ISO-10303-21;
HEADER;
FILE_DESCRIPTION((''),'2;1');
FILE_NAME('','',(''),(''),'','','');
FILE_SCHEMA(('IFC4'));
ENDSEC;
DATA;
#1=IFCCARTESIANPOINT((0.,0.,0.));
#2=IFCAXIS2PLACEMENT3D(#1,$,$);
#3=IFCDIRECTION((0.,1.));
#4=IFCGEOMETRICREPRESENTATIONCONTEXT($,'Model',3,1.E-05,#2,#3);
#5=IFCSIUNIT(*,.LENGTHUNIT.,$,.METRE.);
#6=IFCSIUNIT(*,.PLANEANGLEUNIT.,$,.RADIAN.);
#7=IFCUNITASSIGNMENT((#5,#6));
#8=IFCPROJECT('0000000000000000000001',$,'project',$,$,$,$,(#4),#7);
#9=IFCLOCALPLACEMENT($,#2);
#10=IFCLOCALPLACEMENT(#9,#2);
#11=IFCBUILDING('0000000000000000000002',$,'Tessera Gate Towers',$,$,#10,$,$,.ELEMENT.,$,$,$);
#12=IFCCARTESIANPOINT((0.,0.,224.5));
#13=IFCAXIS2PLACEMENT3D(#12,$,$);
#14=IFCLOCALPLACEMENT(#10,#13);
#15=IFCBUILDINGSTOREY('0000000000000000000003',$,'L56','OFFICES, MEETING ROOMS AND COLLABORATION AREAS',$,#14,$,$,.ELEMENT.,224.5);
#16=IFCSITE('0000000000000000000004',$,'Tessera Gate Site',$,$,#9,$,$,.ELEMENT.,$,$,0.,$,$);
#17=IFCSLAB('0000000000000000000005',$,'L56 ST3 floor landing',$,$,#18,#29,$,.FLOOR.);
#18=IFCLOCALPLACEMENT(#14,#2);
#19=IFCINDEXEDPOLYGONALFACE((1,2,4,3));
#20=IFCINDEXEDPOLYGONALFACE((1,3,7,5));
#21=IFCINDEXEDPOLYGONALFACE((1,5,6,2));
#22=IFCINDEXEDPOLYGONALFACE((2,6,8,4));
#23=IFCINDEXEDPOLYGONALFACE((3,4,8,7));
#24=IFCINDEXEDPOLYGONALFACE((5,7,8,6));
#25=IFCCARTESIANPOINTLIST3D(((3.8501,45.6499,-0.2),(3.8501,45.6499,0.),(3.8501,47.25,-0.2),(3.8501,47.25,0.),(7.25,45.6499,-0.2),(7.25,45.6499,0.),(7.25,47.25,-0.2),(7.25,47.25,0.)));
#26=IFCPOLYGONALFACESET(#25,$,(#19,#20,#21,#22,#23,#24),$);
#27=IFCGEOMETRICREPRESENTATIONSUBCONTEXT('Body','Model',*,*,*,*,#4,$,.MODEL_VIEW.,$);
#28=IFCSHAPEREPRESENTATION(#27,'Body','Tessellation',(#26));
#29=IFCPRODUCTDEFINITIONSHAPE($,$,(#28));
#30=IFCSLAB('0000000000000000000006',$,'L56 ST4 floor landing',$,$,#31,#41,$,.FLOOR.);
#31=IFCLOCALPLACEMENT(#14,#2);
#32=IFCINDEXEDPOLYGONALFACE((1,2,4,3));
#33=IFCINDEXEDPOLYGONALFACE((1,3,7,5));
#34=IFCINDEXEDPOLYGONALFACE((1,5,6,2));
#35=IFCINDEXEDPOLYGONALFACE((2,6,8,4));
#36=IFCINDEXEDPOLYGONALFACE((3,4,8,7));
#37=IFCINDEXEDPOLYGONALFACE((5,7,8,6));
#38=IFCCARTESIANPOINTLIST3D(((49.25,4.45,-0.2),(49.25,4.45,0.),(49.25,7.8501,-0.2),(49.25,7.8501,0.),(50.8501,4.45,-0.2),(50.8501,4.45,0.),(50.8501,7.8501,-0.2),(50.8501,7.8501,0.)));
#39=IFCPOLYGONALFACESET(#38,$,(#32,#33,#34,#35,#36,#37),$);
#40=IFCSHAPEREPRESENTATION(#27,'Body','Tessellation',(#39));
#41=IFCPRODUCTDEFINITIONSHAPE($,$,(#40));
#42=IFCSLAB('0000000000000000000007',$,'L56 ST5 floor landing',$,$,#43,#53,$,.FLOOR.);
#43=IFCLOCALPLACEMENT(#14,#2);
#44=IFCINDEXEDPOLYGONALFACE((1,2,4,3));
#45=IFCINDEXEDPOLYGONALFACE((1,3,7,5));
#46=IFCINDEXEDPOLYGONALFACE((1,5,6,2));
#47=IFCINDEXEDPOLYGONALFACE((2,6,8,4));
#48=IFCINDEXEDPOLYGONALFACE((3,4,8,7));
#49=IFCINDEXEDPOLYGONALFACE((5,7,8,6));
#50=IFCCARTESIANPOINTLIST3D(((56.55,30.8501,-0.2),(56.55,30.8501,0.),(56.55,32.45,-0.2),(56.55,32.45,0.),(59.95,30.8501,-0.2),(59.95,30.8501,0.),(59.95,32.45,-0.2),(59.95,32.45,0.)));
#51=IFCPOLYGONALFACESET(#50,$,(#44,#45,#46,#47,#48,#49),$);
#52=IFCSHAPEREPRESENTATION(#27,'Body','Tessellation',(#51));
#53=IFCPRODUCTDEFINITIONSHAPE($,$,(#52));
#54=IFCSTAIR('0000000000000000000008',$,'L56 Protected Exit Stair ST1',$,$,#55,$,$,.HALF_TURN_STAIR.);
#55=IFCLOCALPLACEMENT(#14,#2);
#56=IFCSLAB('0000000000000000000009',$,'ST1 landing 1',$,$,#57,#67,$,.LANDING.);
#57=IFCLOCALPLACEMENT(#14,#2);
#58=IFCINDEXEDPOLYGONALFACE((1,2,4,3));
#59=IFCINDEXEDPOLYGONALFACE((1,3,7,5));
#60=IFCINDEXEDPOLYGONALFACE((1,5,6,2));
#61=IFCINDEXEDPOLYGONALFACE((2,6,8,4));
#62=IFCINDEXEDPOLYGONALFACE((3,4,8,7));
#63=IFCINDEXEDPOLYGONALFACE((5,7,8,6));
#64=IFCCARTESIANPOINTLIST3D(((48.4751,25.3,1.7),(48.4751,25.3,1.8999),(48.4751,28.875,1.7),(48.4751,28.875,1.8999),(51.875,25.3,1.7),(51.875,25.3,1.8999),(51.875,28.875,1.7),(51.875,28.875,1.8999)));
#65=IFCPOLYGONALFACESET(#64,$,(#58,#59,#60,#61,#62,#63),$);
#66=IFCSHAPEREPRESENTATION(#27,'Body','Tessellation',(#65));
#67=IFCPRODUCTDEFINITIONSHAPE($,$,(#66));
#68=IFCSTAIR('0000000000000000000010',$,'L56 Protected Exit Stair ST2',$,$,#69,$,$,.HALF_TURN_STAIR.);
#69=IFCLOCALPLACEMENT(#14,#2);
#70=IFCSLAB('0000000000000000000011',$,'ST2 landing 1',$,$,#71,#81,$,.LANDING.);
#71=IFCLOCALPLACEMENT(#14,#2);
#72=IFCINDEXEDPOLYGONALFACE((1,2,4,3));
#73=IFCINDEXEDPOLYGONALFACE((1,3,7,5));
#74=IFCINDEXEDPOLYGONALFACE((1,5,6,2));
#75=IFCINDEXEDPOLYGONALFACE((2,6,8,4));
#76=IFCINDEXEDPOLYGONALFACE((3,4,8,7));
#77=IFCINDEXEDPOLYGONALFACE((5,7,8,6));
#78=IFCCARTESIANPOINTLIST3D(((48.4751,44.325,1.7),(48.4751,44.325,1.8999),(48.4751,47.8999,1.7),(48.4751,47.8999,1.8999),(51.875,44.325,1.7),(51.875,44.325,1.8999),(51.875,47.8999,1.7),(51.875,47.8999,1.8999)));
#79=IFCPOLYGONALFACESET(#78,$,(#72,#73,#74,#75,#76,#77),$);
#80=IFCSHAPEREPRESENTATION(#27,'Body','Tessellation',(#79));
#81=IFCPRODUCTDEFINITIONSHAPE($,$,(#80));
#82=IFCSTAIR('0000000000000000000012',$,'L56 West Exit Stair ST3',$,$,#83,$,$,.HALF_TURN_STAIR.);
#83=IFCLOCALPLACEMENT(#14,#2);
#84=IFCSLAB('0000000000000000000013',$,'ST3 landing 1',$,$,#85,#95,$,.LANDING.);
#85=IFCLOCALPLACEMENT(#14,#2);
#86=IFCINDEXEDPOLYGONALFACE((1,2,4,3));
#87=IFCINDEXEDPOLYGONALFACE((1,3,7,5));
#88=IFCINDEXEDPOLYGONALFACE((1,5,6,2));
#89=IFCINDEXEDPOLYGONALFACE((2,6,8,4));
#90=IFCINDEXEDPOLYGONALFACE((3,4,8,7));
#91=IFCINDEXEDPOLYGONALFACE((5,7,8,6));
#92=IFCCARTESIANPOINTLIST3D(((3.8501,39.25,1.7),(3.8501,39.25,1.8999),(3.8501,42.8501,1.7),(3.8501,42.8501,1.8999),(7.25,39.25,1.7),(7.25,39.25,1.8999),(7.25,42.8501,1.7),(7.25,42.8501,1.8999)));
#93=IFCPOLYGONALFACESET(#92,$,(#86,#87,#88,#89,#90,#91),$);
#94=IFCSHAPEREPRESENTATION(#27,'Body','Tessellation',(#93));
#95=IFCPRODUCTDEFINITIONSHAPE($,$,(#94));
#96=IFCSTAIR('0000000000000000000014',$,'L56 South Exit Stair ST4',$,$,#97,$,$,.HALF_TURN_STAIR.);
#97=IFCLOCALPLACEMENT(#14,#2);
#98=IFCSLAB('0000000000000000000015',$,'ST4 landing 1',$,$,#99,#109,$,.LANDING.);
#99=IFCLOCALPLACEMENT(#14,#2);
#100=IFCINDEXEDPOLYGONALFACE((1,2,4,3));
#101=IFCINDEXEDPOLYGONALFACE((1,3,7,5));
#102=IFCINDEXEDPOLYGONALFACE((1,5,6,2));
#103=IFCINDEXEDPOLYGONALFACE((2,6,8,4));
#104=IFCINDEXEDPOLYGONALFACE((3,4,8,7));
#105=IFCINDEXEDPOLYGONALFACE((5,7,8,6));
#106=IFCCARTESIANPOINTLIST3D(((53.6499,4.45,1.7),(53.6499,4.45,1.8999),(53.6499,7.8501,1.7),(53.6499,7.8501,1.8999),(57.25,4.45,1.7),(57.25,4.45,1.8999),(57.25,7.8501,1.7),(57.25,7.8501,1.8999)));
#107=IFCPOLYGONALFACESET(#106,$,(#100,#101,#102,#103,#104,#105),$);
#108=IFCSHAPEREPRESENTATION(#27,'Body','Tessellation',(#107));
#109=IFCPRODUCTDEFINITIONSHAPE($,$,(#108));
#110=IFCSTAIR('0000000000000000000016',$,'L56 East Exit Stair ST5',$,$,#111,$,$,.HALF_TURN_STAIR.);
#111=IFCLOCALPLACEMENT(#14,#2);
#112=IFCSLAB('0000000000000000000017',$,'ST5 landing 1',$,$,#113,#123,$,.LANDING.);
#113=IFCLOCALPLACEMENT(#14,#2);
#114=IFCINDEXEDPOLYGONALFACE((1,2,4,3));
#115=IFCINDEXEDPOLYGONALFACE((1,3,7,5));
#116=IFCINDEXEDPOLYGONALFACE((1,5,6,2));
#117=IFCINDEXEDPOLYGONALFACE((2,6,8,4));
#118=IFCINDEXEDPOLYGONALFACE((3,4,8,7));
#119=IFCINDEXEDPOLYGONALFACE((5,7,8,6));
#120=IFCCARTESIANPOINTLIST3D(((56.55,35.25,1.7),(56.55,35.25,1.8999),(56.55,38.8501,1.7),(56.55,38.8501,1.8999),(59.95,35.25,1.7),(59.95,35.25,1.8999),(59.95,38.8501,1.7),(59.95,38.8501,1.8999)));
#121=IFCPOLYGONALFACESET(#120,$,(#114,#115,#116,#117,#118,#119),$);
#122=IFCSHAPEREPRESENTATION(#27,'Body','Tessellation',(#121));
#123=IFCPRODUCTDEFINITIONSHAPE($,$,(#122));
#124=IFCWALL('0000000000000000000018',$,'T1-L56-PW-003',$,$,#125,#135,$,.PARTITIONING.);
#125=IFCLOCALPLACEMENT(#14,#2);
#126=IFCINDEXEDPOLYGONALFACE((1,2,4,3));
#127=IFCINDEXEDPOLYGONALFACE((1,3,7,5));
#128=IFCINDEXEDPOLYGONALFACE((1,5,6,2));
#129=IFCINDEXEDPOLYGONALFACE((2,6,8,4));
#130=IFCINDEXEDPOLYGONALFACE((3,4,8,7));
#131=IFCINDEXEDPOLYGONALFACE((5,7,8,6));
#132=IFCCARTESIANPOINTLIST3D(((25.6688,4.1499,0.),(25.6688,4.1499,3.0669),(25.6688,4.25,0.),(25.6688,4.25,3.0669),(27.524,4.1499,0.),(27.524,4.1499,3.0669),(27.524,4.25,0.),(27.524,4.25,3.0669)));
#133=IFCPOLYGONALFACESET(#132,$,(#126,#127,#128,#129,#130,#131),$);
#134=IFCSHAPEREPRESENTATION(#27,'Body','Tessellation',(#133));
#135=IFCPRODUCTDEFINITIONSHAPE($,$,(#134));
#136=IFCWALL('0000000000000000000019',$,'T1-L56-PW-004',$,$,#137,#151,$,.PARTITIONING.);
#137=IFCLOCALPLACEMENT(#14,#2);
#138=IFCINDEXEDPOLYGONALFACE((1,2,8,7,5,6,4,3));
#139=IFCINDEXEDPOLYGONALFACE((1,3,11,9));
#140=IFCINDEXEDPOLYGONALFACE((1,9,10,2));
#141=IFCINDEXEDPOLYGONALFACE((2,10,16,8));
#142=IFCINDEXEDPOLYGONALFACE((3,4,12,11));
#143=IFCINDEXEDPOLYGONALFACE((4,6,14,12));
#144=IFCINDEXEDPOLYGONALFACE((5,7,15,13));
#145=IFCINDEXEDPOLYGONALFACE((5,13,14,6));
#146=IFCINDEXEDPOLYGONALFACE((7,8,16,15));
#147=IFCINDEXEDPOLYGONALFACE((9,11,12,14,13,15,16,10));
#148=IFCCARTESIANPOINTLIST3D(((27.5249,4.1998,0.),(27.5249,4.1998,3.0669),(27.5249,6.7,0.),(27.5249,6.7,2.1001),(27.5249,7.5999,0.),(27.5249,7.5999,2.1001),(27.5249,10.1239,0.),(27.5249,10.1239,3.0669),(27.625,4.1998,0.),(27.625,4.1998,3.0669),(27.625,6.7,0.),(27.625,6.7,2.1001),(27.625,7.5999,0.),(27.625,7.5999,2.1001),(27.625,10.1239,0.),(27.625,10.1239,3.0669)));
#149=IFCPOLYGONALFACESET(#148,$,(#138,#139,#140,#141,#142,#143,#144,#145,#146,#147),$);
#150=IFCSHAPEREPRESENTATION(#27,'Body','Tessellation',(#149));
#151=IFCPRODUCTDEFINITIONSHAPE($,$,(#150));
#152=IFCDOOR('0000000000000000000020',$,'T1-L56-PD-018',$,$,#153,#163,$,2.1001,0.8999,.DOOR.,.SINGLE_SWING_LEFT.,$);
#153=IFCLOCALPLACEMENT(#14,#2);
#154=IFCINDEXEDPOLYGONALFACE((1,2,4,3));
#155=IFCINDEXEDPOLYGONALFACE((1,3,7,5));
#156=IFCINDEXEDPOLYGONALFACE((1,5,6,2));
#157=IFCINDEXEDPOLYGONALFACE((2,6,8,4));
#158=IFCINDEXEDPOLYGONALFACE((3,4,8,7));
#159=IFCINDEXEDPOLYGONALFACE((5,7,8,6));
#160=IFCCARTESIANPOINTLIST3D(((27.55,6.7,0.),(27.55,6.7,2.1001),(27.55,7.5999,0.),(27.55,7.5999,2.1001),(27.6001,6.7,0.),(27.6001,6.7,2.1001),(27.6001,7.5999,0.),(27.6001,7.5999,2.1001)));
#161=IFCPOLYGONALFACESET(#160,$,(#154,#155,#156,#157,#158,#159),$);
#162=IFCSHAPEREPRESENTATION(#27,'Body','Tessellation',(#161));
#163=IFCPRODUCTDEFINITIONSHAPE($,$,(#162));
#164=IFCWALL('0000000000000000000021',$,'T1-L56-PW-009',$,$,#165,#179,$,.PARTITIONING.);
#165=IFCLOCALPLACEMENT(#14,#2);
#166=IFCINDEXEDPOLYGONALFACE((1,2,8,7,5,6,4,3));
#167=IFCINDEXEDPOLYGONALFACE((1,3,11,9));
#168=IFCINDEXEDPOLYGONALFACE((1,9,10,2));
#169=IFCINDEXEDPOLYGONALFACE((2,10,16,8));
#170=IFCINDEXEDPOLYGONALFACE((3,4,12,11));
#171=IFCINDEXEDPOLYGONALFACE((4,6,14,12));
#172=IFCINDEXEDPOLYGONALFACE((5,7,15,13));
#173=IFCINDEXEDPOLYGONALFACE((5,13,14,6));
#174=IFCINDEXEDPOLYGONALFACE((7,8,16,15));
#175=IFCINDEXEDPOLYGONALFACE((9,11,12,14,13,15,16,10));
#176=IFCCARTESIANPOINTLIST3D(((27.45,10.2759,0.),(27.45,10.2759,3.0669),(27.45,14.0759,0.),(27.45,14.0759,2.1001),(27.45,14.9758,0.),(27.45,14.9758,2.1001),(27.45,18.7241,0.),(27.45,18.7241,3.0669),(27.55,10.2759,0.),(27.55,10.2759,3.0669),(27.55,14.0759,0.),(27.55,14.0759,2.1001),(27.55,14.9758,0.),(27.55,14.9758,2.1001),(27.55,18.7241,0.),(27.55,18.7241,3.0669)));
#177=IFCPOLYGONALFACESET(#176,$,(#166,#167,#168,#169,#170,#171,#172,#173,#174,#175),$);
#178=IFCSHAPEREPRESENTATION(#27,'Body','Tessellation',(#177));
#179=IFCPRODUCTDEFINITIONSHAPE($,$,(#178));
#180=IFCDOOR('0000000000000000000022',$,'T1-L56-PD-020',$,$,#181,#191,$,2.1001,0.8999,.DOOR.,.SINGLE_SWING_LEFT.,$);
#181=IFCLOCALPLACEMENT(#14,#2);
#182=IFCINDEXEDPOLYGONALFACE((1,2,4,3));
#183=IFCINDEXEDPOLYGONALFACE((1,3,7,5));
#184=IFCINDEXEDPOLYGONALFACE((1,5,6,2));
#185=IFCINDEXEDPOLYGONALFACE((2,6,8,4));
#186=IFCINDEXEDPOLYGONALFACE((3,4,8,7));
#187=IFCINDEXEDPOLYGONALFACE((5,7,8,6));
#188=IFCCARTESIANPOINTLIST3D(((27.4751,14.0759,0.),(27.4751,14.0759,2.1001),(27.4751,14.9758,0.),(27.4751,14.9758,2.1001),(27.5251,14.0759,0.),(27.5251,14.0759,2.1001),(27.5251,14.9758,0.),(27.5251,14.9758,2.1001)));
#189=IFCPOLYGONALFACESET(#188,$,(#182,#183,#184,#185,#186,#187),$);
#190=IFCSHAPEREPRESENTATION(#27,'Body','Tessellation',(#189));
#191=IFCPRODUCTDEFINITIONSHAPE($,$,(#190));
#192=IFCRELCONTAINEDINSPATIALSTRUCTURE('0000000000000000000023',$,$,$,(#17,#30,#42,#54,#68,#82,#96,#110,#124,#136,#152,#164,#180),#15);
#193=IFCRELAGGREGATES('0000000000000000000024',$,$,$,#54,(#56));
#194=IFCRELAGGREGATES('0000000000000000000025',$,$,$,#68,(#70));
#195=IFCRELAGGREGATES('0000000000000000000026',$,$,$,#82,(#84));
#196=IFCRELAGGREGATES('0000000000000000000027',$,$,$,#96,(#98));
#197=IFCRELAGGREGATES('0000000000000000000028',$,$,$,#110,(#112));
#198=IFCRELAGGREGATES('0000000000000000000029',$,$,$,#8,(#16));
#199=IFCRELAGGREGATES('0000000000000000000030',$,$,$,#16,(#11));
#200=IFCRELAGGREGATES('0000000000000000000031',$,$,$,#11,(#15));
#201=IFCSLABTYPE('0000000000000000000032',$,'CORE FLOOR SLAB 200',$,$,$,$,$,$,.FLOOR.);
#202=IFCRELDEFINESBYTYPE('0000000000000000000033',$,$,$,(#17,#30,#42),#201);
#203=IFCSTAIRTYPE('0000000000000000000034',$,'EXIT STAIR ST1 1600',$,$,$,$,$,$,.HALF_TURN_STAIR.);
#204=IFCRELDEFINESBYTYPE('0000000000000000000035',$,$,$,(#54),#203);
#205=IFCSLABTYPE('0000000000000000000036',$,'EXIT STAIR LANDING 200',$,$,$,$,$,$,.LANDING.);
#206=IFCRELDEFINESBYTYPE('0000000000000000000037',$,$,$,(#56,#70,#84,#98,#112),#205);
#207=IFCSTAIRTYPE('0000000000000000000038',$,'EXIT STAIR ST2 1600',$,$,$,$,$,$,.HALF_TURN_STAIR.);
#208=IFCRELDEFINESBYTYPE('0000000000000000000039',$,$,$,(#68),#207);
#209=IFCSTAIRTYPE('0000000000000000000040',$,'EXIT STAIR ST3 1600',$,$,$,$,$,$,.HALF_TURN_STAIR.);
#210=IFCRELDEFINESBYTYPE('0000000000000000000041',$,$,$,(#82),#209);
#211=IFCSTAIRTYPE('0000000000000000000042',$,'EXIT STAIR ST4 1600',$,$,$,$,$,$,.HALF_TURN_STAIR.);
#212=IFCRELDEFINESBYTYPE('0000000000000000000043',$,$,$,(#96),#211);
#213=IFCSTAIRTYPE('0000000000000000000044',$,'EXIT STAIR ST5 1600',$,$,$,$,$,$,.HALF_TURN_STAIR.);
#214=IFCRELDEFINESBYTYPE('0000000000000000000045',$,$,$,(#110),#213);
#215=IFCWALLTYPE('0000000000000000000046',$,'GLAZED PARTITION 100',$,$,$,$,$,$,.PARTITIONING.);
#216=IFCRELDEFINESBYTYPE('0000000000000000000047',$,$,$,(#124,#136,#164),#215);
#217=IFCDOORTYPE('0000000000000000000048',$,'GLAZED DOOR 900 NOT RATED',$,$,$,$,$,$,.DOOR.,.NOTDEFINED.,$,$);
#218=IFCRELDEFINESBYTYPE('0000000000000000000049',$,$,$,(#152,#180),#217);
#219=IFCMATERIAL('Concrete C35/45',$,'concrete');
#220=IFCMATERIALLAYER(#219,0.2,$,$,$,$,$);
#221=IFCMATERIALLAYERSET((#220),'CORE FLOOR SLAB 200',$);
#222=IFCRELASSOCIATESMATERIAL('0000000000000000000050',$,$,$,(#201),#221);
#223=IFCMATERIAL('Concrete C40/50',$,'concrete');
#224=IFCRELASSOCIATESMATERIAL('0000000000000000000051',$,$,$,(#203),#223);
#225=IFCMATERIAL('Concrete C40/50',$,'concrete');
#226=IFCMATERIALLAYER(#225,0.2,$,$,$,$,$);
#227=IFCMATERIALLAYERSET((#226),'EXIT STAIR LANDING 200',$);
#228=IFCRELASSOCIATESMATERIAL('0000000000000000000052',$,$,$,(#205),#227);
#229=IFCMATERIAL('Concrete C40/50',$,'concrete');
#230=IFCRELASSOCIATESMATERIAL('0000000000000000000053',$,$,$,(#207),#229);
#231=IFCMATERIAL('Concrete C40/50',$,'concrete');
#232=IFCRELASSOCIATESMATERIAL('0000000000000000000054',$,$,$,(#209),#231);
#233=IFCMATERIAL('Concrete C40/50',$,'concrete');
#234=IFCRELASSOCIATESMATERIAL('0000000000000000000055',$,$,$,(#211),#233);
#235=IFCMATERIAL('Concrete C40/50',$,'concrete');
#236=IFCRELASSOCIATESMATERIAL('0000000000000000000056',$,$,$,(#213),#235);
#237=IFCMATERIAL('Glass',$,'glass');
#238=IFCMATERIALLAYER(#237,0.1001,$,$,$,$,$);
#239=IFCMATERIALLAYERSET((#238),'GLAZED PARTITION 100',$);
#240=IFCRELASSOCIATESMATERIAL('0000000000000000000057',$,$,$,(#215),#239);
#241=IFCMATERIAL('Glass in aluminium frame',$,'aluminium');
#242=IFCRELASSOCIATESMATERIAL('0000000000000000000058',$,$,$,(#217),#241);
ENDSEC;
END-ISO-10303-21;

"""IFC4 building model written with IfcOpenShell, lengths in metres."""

from ifc_helpers import new_model, si_unit, direction, frame, frame_2d, origin, place, context, subcontext, project, spatial, polyline, rectangle, outline, extrude, source, transform, mapped, material, layer, layer_set, type_object, element, fill, aggregate, save


model = new_model("IFC4")

# Units and contexts
model_context = context("Model", 3, precision=1e-05, world=origin(), true_north=direction((0.0, 1.0)))
body_context = subcontext(model_context, "Body", "Model", "MODEL_VIEW")
ifc_project = project(units=[si_unit("LENGTHUNIT", "METRE"), si_unit("PLANEANGLEUNIT", "RADIAN")], contexts=[model_context])

# Site, building, storey
site_placement = place(None, origin())
site = spatial("IfcSite", under=ifc_project, at=site_placement, Name="Tessera Gate Site", CompositionType="ELEMENT", RefElevation=0.0)
building_placement = place(site_placement, origin())
building = spatial("IfcBuilding", under=site, at=building_placement, Name="Tessera Gate Towers", CompositionType="ELEMENT")
storey_placement = place(building_placement, frame((0.0, 0.0, 224.5)))
storey = spatial("IfcBuildingStorey", under=building, at=storey_placement, Name="L56", Description="OFFICES, MEETING ROOMS AND COLLABORATION AREAS", CompositionType="ELEMENT", Elevation=224.5)

# Slabs
ifc_material_1 = material(Name="Concrete C35/45", Category="concrete")
ifc_layer_1 = layer(ifc_material_1, 0.2)
ifc_layer_set_1 = layer_set([ifc_layer_1], Name="CORE FLOOR SLAB 200")
slab_type_1 = type_object("IfcSlabType", Name="CORE FLOOR SLAB 200", PredefinedType="FLOOR", material=ifc_layer_set_1)
slab_1_placement = place(storey_placement, frame((0.0, 0.0, -0.2)))
element("IfcSlab", 1, at=slab_1_placement, inside=storey, type_object=slab_type_1, Name="L56 ST3 floor landing", PredefinedType="FLOOR", context=body_context, shape_type="SweptSolid", body=[
    extrude(outline(polyline([(3.8501, 47.25), (3.8501, 45.6499), (7.25, 45.6499), (7.25, 47.25), (3.8501, 47.25)])), origin(), (0.0, 0.0, 1.0), 0.2),
])
slab_2_placement = place(storey_placement, frame((0.0, 0.0, -0.2)))
element("IfcSlab", 2, at=slab_2_placement, inside=storey, type_object=slab_type_1, Name="L56 ST4 floor landing", PredefinedType="FLOOR", context=body_context, shape_type="SweptSolid", body=[
    extrude(outline(polyline([(49.25, 4.45), (50.8501, 4.45), (50.8501, 7.8501), (49.25, 7.8501), (49.25, 4.45)])), origin(), (0.0, 0.0, 1.0), 0.2),
])
slab_3_placement = place(storey_placement, frame((0.0, 0.0, -0.2)))
element("IfcSlab", 3, at=slab_3_placement, inside=storey, type_object=slab_type_1, Name="L56 ST5 floor landing", PredefinedType="FLOOR", context=body_context, shape_type="SweptSolid", body=[
    extrude(outline(polyline([(59.95, 30.8501), (59.95, 32.45), (56.55, 32.45), (56.55, 30.8501), (59.95, 30.8501)])), origin(), (0.0, 0.0, 1.0), 0.2),
])

# Stairs, slabs
ifc_material_2 = material(Name="Concrete C40/50", Category="concrete")
stair_type_1 = type_object("IfcStairType", Name="EXIT STAIR ST1 1600", PredefinedType="HALF_TURN_STAIR", material=ifc_material_2)
stair_1_placement = place(storey_placement, origin())
stair_1 = element("IfcStair", 4, at=stair_1_placement, inside=storey, type_object=stair_type_1, Name="L56 Protected Exit Stair ST1", PredefinedType="HALF_TURN_STAIR")
ifc_material_3 = material(Name="Concrete C40/50", Category="concrete")
ifc_layer_2 = layer(ifc_material_3, 0.2)
ifc_layer_set_2 = layer_set([ifc_layer_2], Name="EXIT STAIR LANDING 200")
slab_type_2 = type_object("IfcSlabType", Name="EXIT STAIR LANDING 200", PredefinedType="LANDING", material=ifc_layer_set_2)
slab_4_placement = place(storey_placement, frame((0.0, 0.0, 1.7)))
slab_4 = element("IfcSlab", 5, at=slab_4_placement, type_object=slab_type_2, Name="ST1 landing 1", PredefinedType="LANDING", context=body_context, shape_type="SweptSolid", body=[
    extrude(outline(polyline([(48.4751, 28.875), (48.4751, 25.3), (51.875, 25.3), (51.875, 28.875), (48.4751, 28.875)])), origin(), (0.0, 0.0, 1.0), 0.2),
])
aggregate(stair_1, [slab_4])
ifc_material_4 = material(Name="Concrete C40/50", Category="concrete")
stair_type_2 = type_object("IfcStairType", Name="EXIT STAIR ST2 1600", PredefinedType="HALF_TURN_STAIR", material=ifc_material_4)
stair_2_placement = place(storey_placement, origin())
stair_2 = element("IfcStair", 6, at=stair_2_placement, inside=storey, type_object=stair_type_2, Name="L56 Protected Exit Stair ST2", PredefinedType="HALF_TURN_STAIR")
slab_5_placement = place(storey_placement, frame((0.0, 0.0, 1.7)))
slab_5 = element("IfcSlab", 7, at=slab_5_placement, type_object=slab_type_2, Name="ST2 landing 1", PredefinedType="LANDING", context=body_context, shape_type="SweptSolid", body=[
    extrude(outline(polyline([(51.875, 44.325), (51.875, 47.8999), (48.4751, 47.8999), (48.4751, 44.325), (51.875, 44.325)])), origin(), (0.0, 0.0, 1.0), 0.2),
])
aggregate(stair_2, [slab_5])
ifc_material_5 = material(Name="Concrete C40/50", Category="concrete")
stair_type_3 = type_object("IfcStairType", Name="EXIT STAIR ST3 1600", PredefinedType="HALF_TURN_STAIR", material=ifc_material_5)
stair_3_placement = place(storey_placement, origin())
stair_3 = element("IfcStair", 8, at=stair_3_placement, inside=storey, type_object=stair_type_3, Name="L56 West Exit Stair ST3", PredefinedType="HALF_TURN_STAIR")
slab_6_placement = place(storey_placement, frame((0.0, 0.0, 1.7)))
slab_6 = element("IfcSlab", 9, at=slab_6_placement, type_object=slab_type_2, Name="ST3 landing 1", PredefinedType="LANDING", context=body_context, shape_type="SweptSolid", body=[
    extrude(outline(polyline([(3.8501, 42.8501), (3.8501, 39.25), (7.25, 39.25), (7.25, 42.8501), (3.8501, 42.8501)])), origin(), (0.0, 0.0, 1.0), 0.2),
])
aggregate(stair_3, [slab_6])
ifc_material_6 = material(Name="Concrete C40/50", Category="concrete")
stair_type_4 = type_object("IfcStairType", Name="EXIT STAIR ST4 1600", PredefinedType="HALF_TURN_STAIR", material=ifc_material_6)
stair_4_placement = place(storey_placement, origin())
stair_4 = element("IfcStair", 10, at=stair_4_placement, inside=storey, type_object=stair_type_4, Name="L56 South Exit Stair ST4", PredefinedType="HALF_TURN_STAIR")
slab_7_placement = place(storey_placement, frame((0.0, 0.0, 1.7)))
slab_7 = element("IfcSlab", 11, at=slab_7_placement, type_object=slab_type_2, Name="ST4 landing 1", PredefinedType="LANDING", context=body_context, shape_type="SweptSolid", body=[
    extrude(outline(polyline([(53.6499, 4.45), (57.25, 4.45), (57.25, 7.8501), (53.6499, 7.8501), (53.6499, 4.45)])), origin(), (0.0, 0.0, 1.0), 0.2),
])
aggregate(stair_4, [slab_7])
ifc_material_7 = material(Name="Concrete C40/50", Category="concrete")
stair_type_5 = type_object("IfcStairType", Name="EXIT STAIR ST5 1600", PredefinedType="HALF_TURN_STAIR", material=ifc_material_7)
stair_5_placement = place(storey_placement, origin())
stair_5 = element("IfcStair", 12, at=stair_5_placement, inside=storey, type_object=stair_type_5, Name="L56 East Exit Stair ST5", PredefinedType="HALF_TURN_STAIR")
slab_8_placement = place(storey_placement, frame((0.0, 0.0, 1.7)))
slab_8 = element("IfcSlab", 13, at=slab_8_placement, type_object=slab_type_2, Name="ST5 landing 1", PredefinedType="LANDING", context=body_context, shape_type="SweptSolid", body=[
    extrude(outline(polyline([(59.95, 35.25), (59.95, 38.8501), (56.55, 38.8501), (56.55, 35.25), (59.95, 35.25)])), origin(), (0.0, 0.0, 1.0), 0.2),
])
aggregate(stair_5, [slab_8])

# Wall
ifc_material_8 = material(Name="Glass", Category="glass")
ifc_layer_3 = layer(ifc_material_8, 0.1001)
ifc_layer_set_3 = layer_set([ifc_layer_3], Name="GLAZED PARTITION 100")
wall_type_1 = type_object("IfcWallType", Name="GLAZED PARTITION 100", PredefinedType="PARTITIONING", material=ifc_layer_set_3)
wall_1_placement = place(storey_placement, frame((25.6687, 4.2, 0.0), z_axis=(0.0, 0.0, 1.0), x_axis=(1.0, 0.0, 0.0)))
element("IfcWall", 14, at=wall_1_placement, inside=storey, type_object=wall_type_1, Name="T1-L56-PW-003", PredefinedType="PARTITIONING", context=body_context, shape_type="SweptSolid", body=[
    extrude(rectangle(XDim=1.8552, YDim=0.1001, at=frame_2d((0.9277, 0.0))), origin(), (0.0, 0.0, 1.0), 3.0669),
])

# Walls, openings, doors
wall_2_placement = place(storey_placement, frame((27.575, 4.2, 0.0), z_axis=(0.0, 0.0, 1.0), x_axis=(0.0, 1.0, 0.0)))
wall_2 = element("IfcWall", 15, at=wall_2_placement, inside=storey, type_object=wall_type_1, Name="T1-L56-PW-004", PredefinedType="PARTITIONING", context=body_context, shape_type="SweptSolid", body=[
    extrude(rectangle(XDim=5.9241, YDim=0.1001, at=frame_2d((2.9619, 0.0))), origin(), (0.0, 0.0, 1.0), 3.0669),
])
shared_shape_1 = source(origin(), body_context, "Body", "SweptSolid", [
    extrude(rectangle(XDim=0.8999, YDim=2.1001, at=frame_2d((0.45, 1.05))), frame((0.0, 0.0601, 0.0), z_axis=(0.0, -1.0, 0.0), x_axis=(1.0, 0.0, 0.0)), (0.0, 0.0, 1.0), 0.1201),
])
opening_1_placement = place(wall_2_placement, frame((2.5, 0.0, 0.0)))
opening_1 = element("IfcOpeningElement", 16, at=opening_1_placement, cuts=wall_2, PredefinedType="OPENING", context=body_context, shape_type="MappedRepresentation", body=[
    mapped(shared_shape_1, transform((0.0, 0.0, 0.0), scale=1.0)),
])
ifc_material_9 = material(Name="Glass in aluminium frame", Category="aluminium")
door_type = type_object("IfcDoorType", Name="GLAZED DOOR 900 NOT RATED", OperationType="NOTDEFINED", PredefinedType="DOOR", material=ifc_material_9)
shared_shape_2 = source(origin(), body_context, "Body", "SweptSolid", [
    extrude(rectangle(XDim=0.8999, YDim=2.1001, at=frame_2d((0.45, 1.05))), frame((0.0, 0.0249, 0.0), z_axis=(0.0, -1.0, 0.0), x_axis=(1.0, 0.0, 0.0)), (0.0, 0.0, 1.0), 0.05),
])
door_1_placement = place(opening_1_placement, origin())
door_1 = element("IfcDoor", 17, at=door_1_placement, inside=storey, type_object=door_type, Name="T1-L56-PD-018", OperationType="SINGLE_SWING_LEFT", OverallHeight=2.1001, OverallWidth=0.8999, PredefinedType="DOOR", context=body_context, shape_type="MappedRepresentation", body=[
    mapped(shared_shape_2, transform((0.0, 0.0, 0.0), scale=1.0)),
])
fill(opening_1, door_1)
wall_3_placement = place(storey_placement, frame((27.5, 10.2759, 0.0), z_axis=(0.0, 0.0, 1.0), x_axis=(0.0, 1.0, 0.0)))
wall_3 = element("IfcWall", 18, at=wall_3_placement, inside=storey, type_object=wall_type_1, Name="T1-L56-PW-009", PredefinedType="PARTITIONING", context=body_context, shape_type="SweptSolid", body=[
    extrude(rectangle(XDim=8.4482, YDim=0.1001, at=frame_2d((4.2241, 0.0))), origin(), (0.0, 0.0, 1.0), 3.0669),
])
opening_2_placement = place(wall_3_placement, frame((3.8, 0.0, 0.0)))
opening_2 = element("IfcOpeningElement", 19, at=opening_2_placement, cuts=wall_3, PredefinedType="OPENING", context=body_context, shape_type="MappedRepresentation", body=[
    mapped(shared_shape_1, transform((0.0, 0.0, 0.0), scale=1.0)),
])
door_2_placement = place(opening_2_placement, origin())
door_2 = element("IfcDoor", 20, at=door_2_placement, inside=storey, type_object=door_type, Name="T1-L56-PD-020", OperationType="SINGLE_SWING_LEFT", OverallHeight=2.1001, OverallWidth=0.8999, PredefinedType="DOOR", context=body_context, shape_type="MappedRepresentation", body=[
    mapped(shared_shape_2, transform((0.0, 0.0, 0.0), scale=1.0)),
])
fill(opening_2, door_2)

save(model, "model.ifc")
